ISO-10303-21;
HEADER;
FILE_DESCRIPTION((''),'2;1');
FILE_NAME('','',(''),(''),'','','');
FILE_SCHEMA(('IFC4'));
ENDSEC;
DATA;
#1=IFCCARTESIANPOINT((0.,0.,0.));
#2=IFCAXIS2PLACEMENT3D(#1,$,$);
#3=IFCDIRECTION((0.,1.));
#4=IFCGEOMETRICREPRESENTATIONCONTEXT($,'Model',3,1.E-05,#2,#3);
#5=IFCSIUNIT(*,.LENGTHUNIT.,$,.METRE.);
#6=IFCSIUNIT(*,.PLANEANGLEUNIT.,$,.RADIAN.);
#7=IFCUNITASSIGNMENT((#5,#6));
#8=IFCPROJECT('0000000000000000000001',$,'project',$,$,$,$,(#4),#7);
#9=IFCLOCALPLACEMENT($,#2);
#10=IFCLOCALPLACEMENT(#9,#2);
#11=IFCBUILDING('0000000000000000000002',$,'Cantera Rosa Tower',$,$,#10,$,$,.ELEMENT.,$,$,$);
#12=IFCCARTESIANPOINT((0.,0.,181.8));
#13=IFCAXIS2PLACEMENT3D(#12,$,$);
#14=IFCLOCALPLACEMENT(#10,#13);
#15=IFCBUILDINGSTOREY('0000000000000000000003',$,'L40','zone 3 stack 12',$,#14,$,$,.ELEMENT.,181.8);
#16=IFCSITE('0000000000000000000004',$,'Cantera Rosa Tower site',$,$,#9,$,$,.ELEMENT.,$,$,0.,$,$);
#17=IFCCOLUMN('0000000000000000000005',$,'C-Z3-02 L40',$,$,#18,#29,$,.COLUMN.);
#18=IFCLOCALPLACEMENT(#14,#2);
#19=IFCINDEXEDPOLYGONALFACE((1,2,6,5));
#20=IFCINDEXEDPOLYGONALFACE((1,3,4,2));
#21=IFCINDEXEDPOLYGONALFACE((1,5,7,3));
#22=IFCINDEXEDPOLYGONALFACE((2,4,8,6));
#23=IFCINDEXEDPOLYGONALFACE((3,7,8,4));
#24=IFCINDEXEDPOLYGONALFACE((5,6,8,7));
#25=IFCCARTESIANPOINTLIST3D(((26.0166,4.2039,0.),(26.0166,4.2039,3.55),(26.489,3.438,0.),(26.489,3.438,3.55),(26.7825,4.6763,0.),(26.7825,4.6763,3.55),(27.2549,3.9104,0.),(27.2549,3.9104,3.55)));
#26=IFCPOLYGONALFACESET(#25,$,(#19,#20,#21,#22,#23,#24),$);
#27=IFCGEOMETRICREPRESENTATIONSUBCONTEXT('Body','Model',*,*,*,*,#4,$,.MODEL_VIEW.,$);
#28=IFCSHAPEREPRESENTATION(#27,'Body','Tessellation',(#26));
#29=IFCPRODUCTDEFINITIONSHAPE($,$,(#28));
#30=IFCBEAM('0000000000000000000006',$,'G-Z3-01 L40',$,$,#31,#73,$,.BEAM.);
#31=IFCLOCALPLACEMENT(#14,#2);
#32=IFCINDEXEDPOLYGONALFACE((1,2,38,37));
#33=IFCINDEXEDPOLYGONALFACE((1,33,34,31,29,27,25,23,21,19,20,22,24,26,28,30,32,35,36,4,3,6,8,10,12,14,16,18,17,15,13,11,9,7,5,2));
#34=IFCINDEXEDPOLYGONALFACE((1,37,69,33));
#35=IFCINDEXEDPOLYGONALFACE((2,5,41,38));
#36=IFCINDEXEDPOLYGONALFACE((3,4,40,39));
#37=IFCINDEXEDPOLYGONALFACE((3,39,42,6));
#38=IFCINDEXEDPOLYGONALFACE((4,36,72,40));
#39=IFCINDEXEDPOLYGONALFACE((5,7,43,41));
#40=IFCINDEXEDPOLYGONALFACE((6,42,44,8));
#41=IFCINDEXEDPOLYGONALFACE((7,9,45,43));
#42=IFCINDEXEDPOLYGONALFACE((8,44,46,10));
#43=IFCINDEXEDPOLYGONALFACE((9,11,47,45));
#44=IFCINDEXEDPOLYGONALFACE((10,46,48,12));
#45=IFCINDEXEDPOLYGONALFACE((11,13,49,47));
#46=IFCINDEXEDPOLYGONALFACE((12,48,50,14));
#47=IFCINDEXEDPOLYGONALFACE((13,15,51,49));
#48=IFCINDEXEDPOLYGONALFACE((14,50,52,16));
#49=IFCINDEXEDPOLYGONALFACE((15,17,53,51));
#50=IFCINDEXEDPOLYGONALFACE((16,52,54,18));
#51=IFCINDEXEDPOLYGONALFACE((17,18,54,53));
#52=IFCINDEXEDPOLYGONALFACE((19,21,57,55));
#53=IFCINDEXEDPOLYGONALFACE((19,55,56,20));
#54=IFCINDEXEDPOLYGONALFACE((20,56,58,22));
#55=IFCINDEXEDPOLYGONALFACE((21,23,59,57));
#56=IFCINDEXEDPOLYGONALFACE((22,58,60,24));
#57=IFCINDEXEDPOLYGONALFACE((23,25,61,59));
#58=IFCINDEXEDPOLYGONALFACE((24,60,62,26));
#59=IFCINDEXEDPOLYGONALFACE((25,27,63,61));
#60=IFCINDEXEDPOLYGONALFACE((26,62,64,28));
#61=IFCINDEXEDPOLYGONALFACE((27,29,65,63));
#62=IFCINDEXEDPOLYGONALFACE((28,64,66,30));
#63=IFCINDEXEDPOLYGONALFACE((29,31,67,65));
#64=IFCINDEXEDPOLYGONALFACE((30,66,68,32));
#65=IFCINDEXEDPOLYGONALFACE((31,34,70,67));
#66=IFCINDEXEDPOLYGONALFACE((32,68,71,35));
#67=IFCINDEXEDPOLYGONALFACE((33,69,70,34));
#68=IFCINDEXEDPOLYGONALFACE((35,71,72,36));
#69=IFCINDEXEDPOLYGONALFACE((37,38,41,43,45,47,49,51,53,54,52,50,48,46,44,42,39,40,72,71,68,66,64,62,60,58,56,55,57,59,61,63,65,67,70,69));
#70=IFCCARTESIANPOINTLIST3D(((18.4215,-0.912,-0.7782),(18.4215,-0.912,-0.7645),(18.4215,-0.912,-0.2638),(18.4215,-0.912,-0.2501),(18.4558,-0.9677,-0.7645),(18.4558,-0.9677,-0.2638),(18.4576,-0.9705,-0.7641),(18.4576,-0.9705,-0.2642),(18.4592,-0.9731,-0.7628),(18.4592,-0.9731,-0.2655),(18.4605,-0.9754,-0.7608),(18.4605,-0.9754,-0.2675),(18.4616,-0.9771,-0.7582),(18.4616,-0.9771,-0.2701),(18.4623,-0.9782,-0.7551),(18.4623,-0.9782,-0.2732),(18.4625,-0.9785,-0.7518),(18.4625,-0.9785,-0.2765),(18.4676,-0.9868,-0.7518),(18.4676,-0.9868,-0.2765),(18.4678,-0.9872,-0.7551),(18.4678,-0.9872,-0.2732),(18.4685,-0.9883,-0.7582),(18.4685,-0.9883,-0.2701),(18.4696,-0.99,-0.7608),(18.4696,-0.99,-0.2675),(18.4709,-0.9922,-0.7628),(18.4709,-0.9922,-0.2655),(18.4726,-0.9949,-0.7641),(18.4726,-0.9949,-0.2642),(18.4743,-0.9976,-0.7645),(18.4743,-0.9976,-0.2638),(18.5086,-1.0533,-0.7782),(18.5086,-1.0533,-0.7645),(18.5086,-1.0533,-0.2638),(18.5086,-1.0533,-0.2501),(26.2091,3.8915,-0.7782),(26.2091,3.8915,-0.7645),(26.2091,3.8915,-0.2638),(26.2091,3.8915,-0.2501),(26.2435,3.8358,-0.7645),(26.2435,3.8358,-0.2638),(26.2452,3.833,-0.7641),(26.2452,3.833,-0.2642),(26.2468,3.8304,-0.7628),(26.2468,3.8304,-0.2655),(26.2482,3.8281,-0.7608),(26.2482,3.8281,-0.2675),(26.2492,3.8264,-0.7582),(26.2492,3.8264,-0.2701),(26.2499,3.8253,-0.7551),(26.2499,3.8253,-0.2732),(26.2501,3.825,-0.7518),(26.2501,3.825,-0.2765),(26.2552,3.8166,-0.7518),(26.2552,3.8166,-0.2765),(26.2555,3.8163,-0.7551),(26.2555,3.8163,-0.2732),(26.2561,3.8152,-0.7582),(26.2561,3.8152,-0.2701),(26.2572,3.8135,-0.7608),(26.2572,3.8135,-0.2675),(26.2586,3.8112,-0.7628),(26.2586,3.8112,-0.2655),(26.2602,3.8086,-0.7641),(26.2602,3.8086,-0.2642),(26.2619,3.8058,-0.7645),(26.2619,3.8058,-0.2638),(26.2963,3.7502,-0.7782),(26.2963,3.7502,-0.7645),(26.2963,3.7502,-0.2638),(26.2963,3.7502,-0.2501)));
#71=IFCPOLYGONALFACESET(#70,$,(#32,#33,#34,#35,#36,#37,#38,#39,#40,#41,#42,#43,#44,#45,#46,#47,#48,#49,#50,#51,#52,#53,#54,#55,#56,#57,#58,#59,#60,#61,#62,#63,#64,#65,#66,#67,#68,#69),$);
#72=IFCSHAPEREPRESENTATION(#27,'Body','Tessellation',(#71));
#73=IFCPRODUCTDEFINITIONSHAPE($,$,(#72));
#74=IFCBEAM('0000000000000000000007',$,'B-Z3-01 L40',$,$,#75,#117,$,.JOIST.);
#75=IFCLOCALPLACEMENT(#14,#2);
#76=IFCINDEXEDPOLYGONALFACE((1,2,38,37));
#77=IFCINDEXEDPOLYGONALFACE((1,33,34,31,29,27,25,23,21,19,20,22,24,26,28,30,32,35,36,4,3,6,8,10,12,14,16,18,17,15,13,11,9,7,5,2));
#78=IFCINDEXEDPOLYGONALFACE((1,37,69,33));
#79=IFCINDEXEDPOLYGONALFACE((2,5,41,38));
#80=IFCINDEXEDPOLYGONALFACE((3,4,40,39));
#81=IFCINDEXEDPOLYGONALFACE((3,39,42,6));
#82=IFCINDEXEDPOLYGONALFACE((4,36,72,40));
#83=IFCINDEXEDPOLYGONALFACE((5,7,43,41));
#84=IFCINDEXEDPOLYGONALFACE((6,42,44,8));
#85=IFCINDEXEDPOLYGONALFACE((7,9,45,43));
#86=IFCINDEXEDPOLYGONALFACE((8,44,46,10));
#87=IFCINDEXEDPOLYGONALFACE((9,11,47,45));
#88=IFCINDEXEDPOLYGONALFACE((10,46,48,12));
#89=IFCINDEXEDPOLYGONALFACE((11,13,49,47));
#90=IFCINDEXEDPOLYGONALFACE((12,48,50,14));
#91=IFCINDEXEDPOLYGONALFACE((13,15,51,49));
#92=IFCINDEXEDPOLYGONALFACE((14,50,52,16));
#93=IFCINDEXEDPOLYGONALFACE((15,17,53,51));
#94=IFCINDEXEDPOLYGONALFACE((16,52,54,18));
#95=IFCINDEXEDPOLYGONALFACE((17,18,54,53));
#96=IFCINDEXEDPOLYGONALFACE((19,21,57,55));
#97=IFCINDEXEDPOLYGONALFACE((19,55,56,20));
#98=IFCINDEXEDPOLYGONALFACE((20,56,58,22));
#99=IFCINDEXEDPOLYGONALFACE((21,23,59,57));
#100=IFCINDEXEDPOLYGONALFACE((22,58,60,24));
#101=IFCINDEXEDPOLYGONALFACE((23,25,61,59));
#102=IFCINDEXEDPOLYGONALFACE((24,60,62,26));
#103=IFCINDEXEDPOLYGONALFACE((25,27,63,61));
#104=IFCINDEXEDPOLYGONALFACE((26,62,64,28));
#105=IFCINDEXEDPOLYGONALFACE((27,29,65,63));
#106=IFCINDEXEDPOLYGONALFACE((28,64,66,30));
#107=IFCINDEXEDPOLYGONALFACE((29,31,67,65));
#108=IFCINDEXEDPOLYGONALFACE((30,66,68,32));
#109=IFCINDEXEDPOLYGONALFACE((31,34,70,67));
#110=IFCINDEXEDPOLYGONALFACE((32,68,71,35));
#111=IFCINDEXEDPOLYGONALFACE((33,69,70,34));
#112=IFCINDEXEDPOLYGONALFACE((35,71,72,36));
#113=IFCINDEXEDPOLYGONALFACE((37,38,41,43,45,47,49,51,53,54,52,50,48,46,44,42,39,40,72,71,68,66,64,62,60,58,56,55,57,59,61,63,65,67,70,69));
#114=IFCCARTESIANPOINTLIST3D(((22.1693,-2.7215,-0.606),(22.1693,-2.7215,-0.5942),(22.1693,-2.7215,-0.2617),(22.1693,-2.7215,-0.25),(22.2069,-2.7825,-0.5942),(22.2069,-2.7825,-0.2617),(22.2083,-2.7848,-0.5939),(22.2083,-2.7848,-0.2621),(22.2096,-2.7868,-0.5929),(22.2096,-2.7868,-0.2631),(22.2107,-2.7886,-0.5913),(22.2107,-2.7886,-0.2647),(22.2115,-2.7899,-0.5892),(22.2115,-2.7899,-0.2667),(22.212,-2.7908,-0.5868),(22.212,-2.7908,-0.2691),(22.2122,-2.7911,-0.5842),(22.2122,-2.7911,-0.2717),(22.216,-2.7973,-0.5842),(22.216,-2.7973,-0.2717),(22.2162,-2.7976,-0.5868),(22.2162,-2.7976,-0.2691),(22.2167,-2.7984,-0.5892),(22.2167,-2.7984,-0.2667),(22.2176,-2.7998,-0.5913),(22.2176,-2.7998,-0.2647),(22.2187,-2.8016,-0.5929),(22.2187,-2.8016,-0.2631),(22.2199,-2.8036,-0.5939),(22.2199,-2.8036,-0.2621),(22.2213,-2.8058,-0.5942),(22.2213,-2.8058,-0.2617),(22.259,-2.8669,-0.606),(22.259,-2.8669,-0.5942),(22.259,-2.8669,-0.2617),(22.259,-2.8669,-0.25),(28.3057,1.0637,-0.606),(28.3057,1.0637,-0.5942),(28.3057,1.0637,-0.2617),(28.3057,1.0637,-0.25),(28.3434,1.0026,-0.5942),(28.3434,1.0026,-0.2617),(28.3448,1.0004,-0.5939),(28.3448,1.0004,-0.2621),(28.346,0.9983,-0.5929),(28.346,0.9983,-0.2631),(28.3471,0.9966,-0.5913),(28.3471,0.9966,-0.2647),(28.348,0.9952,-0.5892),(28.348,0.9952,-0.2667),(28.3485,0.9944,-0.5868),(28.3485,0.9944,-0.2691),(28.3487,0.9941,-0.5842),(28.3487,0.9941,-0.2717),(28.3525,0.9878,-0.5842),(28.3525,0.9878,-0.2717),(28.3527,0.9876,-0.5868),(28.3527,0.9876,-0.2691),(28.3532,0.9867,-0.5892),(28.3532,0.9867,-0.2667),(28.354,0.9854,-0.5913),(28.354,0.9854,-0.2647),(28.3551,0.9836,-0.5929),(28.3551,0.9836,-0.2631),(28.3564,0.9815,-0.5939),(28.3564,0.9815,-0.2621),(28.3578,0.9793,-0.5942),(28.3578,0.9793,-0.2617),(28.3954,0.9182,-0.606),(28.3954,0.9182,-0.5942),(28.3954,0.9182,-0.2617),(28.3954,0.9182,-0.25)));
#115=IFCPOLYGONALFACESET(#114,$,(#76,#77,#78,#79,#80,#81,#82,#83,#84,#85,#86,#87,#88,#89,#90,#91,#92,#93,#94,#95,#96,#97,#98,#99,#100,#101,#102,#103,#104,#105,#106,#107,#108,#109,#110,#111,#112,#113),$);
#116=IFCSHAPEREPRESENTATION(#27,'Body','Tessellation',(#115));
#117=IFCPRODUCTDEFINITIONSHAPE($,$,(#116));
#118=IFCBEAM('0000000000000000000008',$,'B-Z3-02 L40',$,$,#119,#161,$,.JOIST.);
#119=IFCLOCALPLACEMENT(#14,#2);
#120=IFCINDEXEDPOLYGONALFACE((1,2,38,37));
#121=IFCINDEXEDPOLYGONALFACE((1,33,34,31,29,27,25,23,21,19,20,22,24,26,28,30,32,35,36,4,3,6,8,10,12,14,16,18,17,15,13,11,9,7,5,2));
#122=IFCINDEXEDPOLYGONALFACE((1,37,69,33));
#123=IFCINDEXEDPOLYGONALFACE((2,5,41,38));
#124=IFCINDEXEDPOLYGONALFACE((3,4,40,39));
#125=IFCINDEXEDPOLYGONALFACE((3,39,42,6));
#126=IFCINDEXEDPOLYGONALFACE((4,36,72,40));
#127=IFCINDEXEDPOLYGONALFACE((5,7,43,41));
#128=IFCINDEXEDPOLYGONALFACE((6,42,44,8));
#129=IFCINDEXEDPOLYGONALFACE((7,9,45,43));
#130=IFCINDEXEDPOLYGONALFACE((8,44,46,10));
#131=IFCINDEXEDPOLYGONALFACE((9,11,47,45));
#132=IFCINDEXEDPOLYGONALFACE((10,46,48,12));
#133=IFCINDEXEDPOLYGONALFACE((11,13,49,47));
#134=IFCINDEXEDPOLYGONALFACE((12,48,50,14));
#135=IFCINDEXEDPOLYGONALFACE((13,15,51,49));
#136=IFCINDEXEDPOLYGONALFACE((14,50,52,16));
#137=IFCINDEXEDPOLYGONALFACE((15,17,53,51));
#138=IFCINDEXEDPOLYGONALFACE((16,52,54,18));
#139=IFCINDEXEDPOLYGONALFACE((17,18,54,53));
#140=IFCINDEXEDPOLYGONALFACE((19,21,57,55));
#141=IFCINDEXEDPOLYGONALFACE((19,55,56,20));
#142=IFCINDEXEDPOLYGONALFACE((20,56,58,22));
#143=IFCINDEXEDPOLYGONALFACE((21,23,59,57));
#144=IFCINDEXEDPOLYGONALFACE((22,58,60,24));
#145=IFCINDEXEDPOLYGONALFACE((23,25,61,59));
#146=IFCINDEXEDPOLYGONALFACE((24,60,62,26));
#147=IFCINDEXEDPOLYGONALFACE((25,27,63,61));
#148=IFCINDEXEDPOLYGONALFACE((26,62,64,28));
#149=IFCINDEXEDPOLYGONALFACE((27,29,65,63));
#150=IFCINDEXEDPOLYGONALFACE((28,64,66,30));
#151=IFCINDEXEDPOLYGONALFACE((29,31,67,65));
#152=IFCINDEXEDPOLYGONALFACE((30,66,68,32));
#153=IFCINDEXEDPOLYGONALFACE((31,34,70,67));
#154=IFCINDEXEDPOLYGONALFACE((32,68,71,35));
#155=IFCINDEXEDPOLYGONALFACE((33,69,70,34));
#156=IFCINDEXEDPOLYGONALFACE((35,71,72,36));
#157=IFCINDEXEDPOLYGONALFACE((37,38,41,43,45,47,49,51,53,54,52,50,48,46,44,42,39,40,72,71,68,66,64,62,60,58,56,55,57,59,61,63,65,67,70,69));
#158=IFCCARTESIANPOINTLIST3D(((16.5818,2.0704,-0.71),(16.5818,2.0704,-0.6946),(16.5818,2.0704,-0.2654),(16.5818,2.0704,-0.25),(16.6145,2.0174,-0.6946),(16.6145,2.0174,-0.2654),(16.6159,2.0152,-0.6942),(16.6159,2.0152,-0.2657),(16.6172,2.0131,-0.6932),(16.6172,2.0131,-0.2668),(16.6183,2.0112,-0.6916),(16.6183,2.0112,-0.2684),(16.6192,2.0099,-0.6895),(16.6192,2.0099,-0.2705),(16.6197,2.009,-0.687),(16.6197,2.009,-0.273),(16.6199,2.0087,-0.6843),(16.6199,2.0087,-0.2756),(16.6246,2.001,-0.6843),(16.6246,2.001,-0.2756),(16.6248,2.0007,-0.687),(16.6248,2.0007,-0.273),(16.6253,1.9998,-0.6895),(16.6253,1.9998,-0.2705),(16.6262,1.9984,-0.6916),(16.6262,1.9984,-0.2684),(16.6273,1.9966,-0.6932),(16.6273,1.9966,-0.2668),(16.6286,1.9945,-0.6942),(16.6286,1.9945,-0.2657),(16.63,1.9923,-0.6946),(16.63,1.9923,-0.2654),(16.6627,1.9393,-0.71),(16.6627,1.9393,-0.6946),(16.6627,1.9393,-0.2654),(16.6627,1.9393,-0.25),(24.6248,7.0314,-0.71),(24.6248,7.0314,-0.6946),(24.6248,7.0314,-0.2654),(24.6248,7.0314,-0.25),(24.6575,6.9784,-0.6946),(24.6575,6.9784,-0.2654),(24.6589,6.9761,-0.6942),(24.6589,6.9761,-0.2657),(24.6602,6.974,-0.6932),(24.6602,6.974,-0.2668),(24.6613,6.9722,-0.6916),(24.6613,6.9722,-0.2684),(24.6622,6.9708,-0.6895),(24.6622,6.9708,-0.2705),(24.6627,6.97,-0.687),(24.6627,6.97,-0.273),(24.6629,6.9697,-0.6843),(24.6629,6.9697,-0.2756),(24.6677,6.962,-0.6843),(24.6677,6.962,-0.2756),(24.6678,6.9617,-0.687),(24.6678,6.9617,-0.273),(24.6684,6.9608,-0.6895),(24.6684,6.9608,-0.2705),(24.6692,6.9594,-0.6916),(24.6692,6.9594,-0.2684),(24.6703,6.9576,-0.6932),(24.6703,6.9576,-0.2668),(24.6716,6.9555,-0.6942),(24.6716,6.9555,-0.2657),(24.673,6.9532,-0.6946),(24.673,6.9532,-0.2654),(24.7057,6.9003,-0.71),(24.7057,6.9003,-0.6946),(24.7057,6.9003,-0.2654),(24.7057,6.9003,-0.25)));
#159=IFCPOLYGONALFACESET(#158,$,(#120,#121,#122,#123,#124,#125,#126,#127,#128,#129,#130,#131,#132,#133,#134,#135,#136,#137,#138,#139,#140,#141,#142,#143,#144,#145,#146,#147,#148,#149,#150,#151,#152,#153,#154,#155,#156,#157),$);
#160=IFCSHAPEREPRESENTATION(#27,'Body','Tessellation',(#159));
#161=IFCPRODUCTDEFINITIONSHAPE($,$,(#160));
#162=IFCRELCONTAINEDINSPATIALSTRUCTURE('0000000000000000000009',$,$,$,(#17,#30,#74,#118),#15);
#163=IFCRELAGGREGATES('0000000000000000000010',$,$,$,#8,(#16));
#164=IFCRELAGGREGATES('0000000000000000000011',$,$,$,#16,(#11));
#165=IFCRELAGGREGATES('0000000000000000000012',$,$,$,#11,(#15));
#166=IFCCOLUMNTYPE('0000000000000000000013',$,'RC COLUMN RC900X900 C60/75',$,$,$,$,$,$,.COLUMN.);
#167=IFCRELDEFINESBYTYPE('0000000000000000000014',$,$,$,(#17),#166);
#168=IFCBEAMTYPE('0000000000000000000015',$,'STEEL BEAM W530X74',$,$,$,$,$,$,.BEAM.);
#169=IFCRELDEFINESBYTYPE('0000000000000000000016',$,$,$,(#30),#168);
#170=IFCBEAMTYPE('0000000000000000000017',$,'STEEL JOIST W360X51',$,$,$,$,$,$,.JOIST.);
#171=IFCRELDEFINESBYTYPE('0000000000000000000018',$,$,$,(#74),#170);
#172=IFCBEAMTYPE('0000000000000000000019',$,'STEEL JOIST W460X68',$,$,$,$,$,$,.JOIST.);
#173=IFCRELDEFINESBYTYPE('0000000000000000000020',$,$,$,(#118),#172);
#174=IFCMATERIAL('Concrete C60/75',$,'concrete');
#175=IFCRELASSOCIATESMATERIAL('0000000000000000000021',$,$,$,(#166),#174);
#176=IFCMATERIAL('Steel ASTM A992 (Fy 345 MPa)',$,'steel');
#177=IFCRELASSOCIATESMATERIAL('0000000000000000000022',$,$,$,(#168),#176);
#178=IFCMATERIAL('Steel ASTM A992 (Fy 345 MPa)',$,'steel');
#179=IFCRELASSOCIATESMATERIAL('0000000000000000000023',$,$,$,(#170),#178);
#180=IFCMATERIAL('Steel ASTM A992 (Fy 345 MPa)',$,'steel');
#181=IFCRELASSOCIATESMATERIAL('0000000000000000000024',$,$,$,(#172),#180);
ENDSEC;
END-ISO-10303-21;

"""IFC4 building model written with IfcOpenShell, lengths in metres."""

from ifc_helpers import new_model, si_unit, direction, frame, origin, origin_2d, place, context, subcontext, project, spatial, rectangle, i_section, extrude, material, material_profile, profile_set, type_object, element, save


model = new_model("IFC4")

# Units and contexts
model_context = context("Model", 3, precision=1e-05, world=origin(), true_north=direction((0.0, 1.0)))
body_context = subcontext(model_context, "Body", "Model", "MODEL_VIEW")
ifc_project = project(units=[si_unit("LENGTHUNIT", "METRE"), si_unit("PLANEANGLEUNIT", "RADIAN")], contexts=[model_context])

# Site, building, storey
site_placement = place(None, origin())
site = spatial("IfcSite", under=ifc_project, at=site_placement, Name="Cantera Rosa Tower site", CompositionType="ELEMENT", RefElevation=0.0)
building_placement = place(site_placement, origin())
building = spatial("IfcBuilding", under=site, at=building_placement, Name="Cantera Rosa Tower", CompositionType="ELEMENT")
storey_placement = place(building_placement, frame((0.0, 0.0, 181.8)))
storey = spatial("IfcBuildingStorey", under=building, at=storey_placement, Name="L40", Description="zone 3 stack 12", CompositionType="ELEMENT", Elevation=181.8)

# Column
ifc_material_1 = material(Name="Concrete C60/75", Category="concrete")
ifc_material_profile_1 = material_profile(ifc_material_1, rectangle(XDim=0.8999, YDim=0.8999, at=origin_2d()), Name="RC COLUMN RC900X900 C60/75")
ifc_profile_set_1 = profile_set([ifc_material_profile_1], Name="Concrete C60/75")
column_type = type_object("IfcColumnType", Name="RC COLUMN RC900X900 C60/75", PredefinedType="COLUMN", material=ifc_profile_set_1)
column_placement = place(storey_placement, frame((26.6357, 4.0571, 0.0), z_axis=(0.0, 0.0, 1.0), x_axis=(0.851117, 0.524977, 0.0)))
element("IfcColumn", 1, at=column_placement, inside=storey, type_object=column_type, Name="C-Z3-02 L40", PredefinedType="COLUMN", context=body_context, shape_type="SweptSolid", body=[
    extrude(rectangle(XDim=0.8999, YDim=0.8999, at=origin_2d()), origin(), (0.0, 0.0, 1.0), 3.55),
])

# Beams
ifc_material_2 = material(Name="Steel ASTM A992 (Fy 345 MPa)", Category="steel")
ifc_material_profile_2 = material_profile(ifc_material_2, i_section(OverallWidth=0.166, OverallDepth=0.5281, WebThickness=0.0098, FlangeThickness=0.0137, FilletRadius=0.0127, at=origin_2d()), Name="W530X74")
ifc_profile_set_2 = profile_set([ifc_material_profile_2], Name="Steel ASTM A992 (Fy 345 MPa)")
beam_type_1 = type_object("IfcBeamType", Name="STEEL BEAM W530X74", PredefinedType="BEAM", material=ifc_profile_set_2)
beam_1_placement = place(storey_placement, frame((26.2527, 3.8208, -0.5142), z_axis=(-0.851116, -0.524977, 0.0), x_axis=(0.524977, -0.851116, 0.0)))
element("IfcBeam", 2, at=beam_1_placement, inside=storey, type_object=beam_type_1, Name="G-Z3-01 L40", PredefinedType="BEAM", context=body_context, shape_type="SweptSolid", body=[
    extrude(i_section(OverallWidth=0.166, OverallDepth=0.5281, WebThickness=0.0098, FlangeThickness=0.0137, FilletRadius=0.0127, at=origin_2d()), origin(), (0.0, 0.0, 1.0), 9.1499),
])
ifc_material_3 = material(Name="Steel ASTM A992 (Fy 345 MPa)", Category="steel")
ifc_material_profile_3 = material_profile(ifc_material_3, i_section(OverallWidth=0.1709, OverallDepth=0.356, WebThickness=0.0073, FlangeThickness=0.0117, FilletRadius=0.01, at=origin_2d()), Name="W360X51")
ifc_profile_set_3 = profile_set([ifc_material_profile_3], Name="Steel ASTM A992 (Fy 345 MPa)")
beam_type_2 = type_object("IfcBeamType", Name="STEEL JOIST W360X51", PredefinedType="JOIST", material=ifc_profile_set_3)
beam_2_placement = place(storey_placement, frame((28.3506, 0.991, -0.428), z_axis=(-0.851109, -0.524989, 0.0), x_axis=(0.524989, -0.851109, 0.0)))
element("IfcBeam", 3, at=beam_2_placement, inside=storey, type_object=beam_type_2, Name="B-Z3-01 L40", PredefinedType="JOIST", context=body_context, shape_type="SweptSolid", body=[
    extrude(i_section(OverallWidth=0.1709, OverallDepth=0.356, WebThickness=0.0073, FlangeThickness=0.0117, FilletRadius=0.01, at=origin_2d()), origin(), (0.0, 0.0, 1.0), 7.21),
])
ifc_material_4 = material(Name="Steel ASTM A992 (Fy 345 MPa)", Category="steel")
ifc_material_profile_4 = material_profile(ifc_material_4, i_section(OverallWidth=0.1541, OverallDepth=0.46, WebThickness=0.009, FlangeThickness=0.0154, FilletRadius=0.0103, at=origin_2d()), Name="W460X68")
ifc_profile_set_4 = profile_set([ifc_material_profile_4], Name="Steel ASTM A992 (Fy 345 MPa)")
beam_type_3 = type_object("IfcBeamType", Name="STEEL JOIST W460X68", PredefinedType="JOIST", material=ifc_profile_set_4)
beam_3_placement = place(storey_placement, frame((24.6653, 6.9658, -0.48), z_axis=(-0.851119, -0.524974, 0.0), x_axis=(0.524974, -0.851119, 0.0)))
element("IfcBeam", 4, at=beam_3_placement, inside=storey, type_object=beam_type_3, Name="B-Z3-02 L40", PredefinedType="JOIST", context=body_context, shape_type="SweptSolid", body=[
    extrude(i_section(OverallWidth=0.1541, OverallDepth=0.46, WebThickness=0.009, FlangeThickness=0.0154, FilletRadius=0.0103, at=origin_2d()), origin(), (0.0, 0.0, 1.0), 9.45),
])

save(model, "model.ifc")
